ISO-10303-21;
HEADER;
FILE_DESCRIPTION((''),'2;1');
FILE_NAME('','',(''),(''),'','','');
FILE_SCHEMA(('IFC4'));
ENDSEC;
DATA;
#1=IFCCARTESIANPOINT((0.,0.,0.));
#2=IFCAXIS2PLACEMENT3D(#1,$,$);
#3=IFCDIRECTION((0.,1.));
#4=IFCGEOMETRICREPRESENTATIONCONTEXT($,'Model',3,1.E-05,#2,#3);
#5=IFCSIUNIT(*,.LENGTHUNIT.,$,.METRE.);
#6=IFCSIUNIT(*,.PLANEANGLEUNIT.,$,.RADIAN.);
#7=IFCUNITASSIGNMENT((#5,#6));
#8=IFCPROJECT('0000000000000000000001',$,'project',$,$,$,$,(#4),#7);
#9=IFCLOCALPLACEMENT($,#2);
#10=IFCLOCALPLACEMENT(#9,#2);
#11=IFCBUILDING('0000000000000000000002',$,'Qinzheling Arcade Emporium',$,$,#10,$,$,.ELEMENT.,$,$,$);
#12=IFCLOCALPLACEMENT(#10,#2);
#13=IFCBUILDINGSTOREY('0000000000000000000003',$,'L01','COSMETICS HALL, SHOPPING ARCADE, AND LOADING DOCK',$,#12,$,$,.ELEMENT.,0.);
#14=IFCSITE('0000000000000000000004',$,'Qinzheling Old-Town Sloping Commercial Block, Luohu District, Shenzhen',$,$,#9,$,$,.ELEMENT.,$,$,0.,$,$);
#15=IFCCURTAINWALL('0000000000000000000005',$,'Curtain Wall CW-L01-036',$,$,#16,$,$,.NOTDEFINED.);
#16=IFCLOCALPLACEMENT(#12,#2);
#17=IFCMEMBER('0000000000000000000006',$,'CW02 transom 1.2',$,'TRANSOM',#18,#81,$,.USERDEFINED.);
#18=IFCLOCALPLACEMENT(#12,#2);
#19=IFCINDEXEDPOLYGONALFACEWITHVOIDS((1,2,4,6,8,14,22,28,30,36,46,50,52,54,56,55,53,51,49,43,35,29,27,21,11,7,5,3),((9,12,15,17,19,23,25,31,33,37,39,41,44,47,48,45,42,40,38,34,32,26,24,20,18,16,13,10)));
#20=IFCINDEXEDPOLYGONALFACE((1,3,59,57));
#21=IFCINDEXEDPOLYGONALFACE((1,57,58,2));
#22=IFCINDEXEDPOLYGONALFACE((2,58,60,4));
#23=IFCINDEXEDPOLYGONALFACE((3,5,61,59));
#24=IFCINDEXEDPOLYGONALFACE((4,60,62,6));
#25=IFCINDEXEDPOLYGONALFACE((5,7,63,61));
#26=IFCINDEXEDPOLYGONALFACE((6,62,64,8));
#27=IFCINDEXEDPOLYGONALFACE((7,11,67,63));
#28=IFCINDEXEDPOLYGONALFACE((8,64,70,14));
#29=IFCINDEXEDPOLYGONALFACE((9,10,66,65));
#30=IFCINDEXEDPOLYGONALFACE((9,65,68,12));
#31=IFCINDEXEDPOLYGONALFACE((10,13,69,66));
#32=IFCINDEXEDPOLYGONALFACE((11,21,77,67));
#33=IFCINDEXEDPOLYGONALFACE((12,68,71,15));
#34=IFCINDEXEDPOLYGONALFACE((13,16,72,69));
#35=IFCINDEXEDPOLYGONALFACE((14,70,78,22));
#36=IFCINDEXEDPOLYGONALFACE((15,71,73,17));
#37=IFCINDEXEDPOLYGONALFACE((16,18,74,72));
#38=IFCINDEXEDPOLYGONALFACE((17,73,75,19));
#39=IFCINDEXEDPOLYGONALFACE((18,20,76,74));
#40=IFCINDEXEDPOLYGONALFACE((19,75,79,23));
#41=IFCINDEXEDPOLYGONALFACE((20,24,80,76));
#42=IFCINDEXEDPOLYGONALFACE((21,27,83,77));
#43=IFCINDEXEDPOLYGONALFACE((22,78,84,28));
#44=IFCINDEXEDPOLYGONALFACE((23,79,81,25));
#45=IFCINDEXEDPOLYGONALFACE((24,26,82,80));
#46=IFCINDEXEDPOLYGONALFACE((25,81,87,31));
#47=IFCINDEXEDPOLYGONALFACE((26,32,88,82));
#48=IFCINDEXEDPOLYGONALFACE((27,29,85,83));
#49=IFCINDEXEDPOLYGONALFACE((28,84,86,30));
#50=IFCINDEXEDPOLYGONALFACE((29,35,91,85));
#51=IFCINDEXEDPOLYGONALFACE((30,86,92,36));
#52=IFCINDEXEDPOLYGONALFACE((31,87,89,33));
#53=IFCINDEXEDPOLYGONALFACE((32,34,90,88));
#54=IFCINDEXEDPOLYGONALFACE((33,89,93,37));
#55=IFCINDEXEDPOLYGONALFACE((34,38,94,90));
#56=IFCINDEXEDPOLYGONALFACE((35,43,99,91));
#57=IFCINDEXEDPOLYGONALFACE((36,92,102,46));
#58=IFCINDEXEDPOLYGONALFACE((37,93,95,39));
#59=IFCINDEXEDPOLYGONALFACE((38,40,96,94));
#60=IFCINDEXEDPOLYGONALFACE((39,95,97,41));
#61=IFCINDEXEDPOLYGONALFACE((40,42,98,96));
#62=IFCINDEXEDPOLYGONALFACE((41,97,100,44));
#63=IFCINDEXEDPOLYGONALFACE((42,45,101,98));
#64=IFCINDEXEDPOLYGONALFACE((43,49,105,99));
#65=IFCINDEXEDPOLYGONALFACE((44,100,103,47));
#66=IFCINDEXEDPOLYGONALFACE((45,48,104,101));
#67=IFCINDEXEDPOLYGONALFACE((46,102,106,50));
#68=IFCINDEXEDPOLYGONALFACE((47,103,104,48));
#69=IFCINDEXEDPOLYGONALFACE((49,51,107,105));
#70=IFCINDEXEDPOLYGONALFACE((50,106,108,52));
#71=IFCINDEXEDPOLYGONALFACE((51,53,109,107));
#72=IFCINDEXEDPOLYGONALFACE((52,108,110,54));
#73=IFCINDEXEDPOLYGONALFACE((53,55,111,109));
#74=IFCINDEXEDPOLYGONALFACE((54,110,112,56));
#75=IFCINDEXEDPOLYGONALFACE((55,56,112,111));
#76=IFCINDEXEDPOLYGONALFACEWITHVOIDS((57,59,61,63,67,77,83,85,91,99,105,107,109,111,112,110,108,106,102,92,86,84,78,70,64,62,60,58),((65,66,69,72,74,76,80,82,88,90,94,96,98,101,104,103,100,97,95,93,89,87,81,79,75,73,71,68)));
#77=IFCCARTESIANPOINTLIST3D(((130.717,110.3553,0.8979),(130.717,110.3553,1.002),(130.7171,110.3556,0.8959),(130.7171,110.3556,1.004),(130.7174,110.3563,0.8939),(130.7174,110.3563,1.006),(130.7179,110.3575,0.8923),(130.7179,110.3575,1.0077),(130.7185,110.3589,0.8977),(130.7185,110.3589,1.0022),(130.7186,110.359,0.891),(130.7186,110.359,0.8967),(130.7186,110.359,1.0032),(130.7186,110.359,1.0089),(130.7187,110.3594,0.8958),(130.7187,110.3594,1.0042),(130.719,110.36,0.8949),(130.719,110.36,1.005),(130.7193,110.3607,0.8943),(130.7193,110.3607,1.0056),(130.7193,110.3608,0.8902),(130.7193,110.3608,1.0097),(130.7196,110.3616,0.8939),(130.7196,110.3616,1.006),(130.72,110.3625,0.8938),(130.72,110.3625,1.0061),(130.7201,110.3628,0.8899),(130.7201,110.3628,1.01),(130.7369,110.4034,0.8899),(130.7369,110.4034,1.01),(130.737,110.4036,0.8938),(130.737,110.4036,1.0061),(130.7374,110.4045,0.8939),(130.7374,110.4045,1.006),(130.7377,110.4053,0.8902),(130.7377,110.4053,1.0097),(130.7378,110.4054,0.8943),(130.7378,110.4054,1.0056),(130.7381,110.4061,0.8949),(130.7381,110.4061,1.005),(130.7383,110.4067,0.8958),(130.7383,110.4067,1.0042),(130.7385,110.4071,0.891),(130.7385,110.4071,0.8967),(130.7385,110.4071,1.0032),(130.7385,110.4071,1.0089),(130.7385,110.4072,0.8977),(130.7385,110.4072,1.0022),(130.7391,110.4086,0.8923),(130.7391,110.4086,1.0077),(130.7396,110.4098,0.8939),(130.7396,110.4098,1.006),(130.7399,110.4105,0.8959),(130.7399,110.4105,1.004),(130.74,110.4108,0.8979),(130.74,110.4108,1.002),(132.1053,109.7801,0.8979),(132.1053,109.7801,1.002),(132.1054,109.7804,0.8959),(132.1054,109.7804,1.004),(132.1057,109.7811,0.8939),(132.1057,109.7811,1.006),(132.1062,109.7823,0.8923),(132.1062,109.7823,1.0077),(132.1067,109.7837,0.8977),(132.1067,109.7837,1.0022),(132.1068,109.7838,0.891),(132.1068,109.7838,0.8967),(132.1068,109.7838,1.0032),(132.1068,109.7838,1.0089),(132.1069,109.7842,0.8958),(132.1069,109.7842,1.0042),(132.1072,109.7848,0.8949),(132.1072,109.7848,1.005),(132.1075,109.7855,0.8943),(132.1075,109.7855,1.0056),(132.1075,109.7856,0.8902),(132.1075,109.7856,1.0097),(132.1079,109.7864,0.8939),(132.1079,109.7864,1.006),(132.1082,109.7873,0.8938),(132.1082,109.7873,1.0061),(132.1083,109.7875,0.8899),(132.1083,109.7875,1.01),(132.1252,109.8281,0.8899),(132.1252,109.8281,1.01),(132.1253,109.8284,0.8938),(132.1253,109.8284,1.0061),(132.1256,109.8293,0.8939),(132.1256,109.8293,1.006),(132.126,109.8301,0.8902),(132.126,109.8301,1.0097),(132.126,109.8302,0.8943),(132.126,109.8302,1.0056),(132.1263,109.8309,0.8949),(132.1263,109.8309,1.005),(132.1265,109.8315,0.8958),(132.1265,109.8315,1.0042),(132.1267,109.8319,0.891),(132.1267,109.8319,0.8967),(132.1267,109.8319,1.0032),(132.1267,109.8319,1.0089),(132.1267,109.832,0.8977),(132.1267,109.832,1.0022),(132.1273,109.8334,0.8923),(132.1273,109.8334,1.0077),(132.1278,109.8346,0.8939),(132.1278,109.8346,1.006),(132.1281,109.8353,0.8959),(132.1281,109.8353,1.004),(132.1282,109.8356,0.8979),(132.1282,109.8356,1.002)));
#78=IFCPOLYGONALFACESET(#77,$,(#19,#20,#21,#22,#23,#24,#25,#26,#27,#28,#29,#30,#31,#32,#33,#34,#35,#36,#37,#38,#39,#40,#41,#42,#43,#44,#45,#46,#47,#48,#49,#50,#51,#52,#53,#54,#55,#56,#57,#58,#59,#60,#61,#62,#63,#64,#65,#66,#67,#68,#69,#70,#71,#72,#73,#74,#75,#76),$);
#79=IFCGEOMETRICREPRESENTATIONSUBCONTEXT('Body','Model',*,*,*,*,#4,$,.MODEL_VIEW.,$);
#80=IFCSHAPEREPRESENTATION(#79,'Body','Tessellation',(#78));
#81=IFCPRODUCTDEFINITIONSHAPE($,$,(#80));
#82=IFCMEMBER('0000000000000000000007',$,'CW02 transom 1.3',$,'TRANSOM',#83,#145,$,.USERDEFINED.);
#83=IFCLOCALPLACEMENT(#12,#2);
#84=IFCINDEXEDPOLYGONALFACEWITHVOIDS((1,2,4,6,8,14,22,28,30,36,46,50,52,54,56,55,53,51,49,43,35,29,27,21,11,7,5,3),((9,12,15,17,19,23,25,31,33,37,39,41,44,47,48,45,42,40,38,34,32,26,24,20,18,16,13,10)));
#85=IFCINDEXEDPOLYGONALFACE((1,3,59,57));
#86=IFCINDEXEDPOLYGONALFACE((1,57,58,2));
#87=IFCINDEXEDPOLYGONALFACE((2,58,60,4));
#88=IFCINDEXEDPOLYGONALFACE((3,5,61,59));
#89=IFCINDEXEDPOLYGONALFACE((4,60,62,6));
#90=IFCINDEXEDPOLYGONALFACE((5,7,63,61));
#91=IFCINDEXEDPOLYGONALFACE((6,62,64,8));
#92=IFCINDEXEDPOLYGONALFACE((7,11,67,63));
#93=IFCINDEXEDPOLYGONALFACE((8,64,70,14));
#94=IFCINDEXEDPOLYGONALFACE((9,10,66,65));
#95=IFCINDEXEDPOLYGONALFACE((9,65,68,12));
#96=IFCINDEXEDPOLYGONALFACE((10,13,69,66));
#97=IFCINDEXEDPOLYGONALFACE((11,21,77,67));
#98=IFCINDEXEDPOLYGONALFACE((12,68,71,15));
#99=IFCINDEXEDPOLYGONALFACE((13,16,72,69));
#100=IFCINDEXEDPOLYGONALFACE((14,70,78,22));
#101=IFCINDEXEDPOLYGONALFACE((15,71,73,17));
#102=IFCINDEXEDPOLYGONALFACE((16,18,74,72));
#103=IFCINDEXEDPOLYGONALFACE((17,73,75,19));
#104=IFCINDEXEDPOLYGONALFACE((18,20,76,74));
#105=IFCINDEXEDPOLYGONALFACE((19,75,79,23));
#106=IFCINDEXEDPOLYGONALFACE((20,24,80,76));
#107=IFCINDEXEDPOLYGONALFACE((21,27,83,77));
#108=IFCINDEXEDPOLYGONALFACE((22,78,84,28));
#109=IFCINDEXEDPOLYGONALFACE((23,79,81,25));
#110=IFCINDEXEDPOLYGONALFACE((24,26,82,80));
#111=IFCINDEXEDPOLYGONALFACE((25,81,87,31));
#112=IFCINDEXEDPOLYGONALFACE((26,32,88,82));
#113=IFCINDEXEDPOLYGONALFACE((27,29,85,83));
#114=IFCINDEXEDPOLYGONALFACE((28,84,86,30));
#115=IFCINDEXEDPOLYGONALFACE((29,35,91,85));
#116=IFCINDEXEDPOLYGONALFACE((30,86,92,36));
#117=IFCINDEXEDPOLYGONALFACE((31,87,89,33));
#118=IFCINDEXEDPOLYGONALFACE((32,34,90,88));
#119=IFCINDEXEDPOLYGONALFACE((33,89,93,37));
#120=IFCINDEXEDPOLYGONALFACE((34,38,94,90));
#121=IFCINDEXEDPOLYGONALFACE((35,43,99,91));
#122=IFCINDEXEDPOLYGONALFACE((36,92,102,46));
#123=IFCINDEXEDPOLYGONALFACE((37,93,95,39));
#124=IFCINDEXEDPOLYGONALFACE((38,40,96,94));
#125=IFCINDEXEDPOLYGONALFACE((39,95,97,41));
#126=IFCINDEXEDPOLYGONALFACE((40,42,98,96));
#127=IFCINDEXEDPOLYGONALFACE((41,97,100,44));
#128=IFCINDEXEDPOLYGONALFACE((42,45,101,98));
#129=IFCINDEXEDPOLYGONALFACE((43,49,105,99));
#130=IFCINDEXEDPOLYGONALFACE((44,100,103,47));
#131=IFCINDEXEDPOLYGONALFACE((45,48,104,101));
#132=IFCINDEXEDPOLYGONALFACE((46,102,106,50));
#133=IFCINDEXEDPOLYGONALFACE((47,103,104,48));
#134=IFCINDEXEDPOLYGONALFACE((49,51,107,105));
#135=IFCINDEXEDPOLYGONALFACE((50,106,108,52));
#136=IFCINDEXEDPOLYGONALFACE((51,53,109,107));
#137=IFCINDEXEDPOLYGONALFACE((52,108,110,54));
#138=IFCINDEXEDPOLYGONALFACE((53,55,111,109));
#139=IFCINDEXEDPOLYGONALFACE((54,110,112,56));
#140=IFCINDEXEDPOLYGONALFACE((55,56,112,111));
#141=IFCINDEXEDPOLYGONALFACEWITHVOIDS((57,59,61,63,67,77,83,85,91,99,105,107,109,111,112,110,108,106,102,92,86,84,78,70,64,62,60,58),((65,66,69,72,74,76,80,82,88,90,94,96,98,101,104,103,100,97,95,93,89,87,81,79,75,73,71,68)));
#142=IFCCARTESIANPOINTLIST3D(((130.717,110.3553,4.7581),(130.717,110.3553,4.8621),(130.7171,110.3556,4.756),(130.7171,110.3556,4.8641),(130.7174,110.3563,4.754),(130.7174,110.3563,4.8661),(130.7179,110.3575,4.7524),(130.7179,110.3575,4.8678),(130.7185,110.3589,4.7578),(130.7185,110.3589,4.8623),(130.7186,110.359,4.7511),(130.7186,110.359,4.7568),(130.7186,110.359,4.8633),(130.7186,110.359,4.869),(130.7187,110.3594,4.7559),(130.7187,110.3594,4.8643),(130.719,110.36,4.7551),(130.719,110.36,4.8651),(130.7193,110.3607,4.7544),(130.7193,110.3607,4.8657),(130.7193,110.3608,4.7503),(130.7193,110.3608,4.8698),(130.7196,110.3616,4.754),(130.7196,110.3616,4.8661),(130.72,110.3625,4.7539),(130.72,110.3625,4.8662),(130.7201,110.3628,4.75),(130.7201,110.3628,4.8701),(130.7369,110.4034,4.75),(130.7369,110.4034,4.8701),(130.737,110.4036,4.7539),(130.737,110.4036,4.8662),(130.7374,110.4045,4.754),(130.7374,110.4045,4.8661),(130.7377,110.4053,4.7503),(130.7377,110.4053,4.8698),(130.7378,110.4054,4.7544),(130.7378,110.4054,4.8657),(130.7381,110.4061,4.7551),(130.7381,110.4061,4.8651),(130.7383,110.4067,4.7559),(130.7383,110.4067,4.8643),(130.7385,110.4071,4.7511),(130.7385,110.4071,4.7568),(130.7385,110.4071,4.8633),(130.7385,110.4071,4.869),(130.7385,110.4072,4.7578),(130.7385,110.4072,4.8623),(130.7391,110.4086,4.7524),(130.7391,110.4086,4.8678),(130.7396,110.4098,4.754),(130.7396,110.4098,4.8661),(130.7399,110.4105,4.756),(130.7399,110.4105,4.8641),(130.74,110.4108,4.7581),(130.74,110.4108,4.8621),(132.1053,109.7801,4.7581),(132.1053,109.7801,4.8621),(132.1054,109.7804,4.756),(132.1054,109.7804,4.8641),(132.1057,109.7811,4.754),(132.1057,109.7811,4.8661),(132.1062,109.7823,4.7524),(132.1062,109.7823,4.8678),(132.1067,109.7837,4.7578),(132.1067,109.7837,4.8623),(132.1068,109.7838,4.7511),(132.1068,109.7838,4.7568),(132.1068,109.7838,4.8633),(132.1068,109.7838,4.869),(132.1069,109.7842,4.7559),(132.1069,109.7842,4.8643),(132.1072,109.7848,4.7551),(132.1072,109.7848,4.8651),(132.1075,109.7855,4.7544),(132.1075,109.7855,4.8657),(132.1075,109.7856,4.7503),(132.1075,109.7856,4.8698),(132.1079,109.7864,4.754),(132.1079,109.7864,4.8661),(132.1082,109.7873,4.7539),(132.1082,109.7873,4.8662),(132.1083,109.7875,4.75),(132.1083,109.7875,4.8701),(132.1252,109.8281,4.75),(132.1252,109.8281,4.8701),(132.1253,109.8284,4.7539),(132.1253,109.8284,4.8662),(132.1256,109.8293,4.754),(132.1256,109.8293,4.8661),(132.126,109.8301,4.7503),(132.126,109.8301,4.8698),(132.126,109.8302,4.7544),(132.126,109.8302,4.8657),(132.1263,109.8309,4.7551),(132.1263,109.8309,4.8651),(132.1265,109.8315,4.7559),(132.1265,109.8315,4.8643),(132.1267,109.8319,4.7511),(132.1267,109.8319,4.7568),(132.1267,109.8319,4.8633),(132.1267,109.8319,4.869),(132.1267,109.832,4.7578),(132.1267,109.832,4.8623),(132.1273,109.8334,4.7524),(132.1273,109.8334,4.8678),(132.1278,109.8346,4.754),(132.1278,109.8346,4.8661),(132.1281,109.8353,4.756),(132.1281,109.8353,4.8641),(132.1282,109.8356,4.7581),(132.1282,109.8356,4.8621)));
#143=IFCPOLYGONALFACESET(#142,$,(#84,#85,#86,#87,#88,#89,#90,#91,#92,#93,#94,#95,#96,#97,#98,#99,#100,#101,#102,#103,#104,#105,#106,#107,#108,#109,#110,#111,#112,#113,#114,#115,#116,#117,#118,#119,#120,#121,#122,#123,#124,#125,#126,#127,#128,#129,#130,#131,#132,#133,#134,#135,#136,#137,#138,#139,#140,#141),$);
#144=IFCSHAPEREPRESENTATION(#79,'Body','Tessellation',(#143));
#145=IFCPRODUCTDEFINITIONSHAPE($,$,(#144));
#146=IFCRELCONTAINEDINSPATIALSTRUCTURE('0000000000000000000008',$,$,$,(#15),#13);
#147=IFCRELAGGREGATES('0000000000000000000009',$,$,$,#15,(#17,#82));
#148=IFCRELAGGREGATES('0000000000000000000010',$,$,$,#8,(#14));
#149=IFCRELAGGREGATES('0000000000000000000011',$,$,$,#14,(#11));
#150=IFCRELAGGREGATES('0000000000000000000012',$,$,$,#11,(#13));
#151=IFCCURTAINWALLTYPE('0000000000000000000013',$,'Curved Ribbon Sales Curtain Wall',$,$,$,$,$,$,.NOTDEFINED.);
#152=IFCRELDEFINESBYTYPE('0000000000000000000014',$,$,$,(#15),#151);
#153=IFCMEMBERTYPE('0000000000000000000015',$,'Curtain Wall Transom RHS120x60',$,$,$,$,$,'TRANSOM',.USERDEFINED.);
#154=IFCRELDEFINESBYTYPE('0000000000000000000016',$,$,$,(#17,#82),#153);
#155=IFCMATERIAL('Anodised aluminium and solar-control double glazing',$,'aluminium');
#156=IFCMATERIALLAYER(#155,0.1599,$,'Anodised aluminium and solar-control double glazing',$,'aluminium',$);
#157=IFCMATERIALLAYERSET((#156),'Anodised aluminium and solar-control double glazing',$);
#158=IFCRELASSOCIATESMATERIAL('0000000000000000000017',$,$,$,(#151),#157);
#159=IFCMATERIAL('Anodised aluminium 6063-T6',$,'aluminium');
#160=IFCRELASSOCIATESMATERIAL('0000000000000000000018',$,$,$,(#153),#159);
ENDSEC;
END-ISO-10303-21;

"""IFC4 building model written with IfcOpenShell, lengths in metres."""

from ifc_helpers import new_model, si_unit, direction, frame, origin, origin_2d, place, context, subcontext, project, spatial, hollow_rectangle, extrude, material, layer, layer_set, material_profile, profile_set, type_object, element, aggregate, save


model = new_model("IFC4")

# Units and contexts
model_context = context("Model", 3, precision=1e-05, world=origin(), true_north=direction((0.0, 1.0)))
body_context = subcontext(model_context, "Body", "Model", "MODEL_VIEW")
ifc_project = project(units=[si_unit("LENGTHUNIT", "METRE"), si_unit("PLANEANGLEUNIT", "RADIAN")], contexts=[model_context])

# Site, building, storey
site_placement = place(None, origin())
site = spatial("IfcSite", under=ifc_project, at=site_placement, Name="Qinzheling Old-Town Sloping Commercial Block, Luohu District, Shenzhen", CompositionType="ELEMENT", RefElevation=0.0)
building_placement = place(site_placement, origin())
building = spatial("IfcBuilding", under=site, at=building_placement, Name="Qinzheling Arcade Emporium", CompositionType="ELEMENT")
storey_placement = place(building_placement, origin())
storey = spatial("IfcBuildingStorey", under=building, at=storey_placement, Name="L01", Description="COSMETICS HALL, SHOPPING ARCADE, AND LOADING DOCK", CompositionType="ELEMENT", Elevation=0.0)

# Curtain wall, members
ifc_material_1 = material(Name="Anodised aluminium and solar-control double glazing", Category="aluminium")
ifc_layer_1 = layer(ifc_material_1, 0.1599, Name="Anodised aluminium and solar-control double glazing", Category="aluminium")
ifc_layer_set_1 = layer_set([ifc_layer_1], Name="Anodised aluminium and solar-control double glazing")
curtain_wall_type = type_object("IfcCurtainWallType", Name="Curved Ribbon Sales Curtain Wall", PredefinedType="NOTDEFINED", material=ifc_layer_set_1)
curtain_wall_placement = place(storey_placement, origin())
curtain_wall = element("IfcCurtainWall", 1, at=curtain_wall_placement, inside=storey, type_object=curtain_wall_type, Name="Curtain Wall CW-L01-036", PredefinedType="NOTDEFINED")
ifc_material_2 = material(Name="Anodised aluminium 6063-T6", Category="aluminium")
ifc_material_profile_1 = material_profile(ifc_material_2, hollow_rectangle(XDim=0.0601, YDim=0.1201, WallThickness=0.0039, InnerFilletRadius=0.0039, OuterFilletRadius=0.0081, at=origin_2d()), Name="RHS 120x60x4", Category="aluminium")
ifc_profile_set_1 = profile_set([ifc_material_profile_1], Name="Anodised aluminium 6063-T6")
member_type_1 = type_object("IfcMemberType", Name="Curtain Wall Transom RHS120x60", ElementType="TRANSOM", PredefinedType="USERDEFINED", material=ifc_profile_set_1)
member_1_placement = place(storey_placement, frame((130.7285, 110.3831, 0.95), z_axis=(0.923835, -0.382792, 0.0), x_axis=(0.382792, 0.923835, 0.0)))
member_1 = element("IfcMember", 2, at=member_1_placement, type_object=member_type_1, Name="CW02 transom 1.2", ObjectType="TRANSOM", PredefinedType="USERDEFINED", context=body_context, shape_type="SweptSolid", body=[
    extrude(hollow_rectangle(XDim=0.0601, YDim=0.1201, WallThickness=0.0039, InnerFilletRadius=0.0039, OuterFilletRadius=0.0081, at=origin_2d()), origin(), (0.0, 0.0, 1.0), 1.5027),
])
member_2_placement = place(storey_placement, frame((130.7285, 110.3831, 4.8101), z_axis=(0.923835, -0.382792, 0.0), x_axis=(0.382792, 0.923835, 0.0)))
member_2 = element("IfcMember", 3, at=member_2_placement, type_object=member_type_1, Name="CW02 transom 1.3", ObjectType="TRANSOM", PredefinedType="USERDEFINED", context=body_context, shape_type="SweptSolid", body=[
    extrude(hollow_rectangle(XDim=0.0601, YDim=0.1201, WallThickness=0.0039, InnerFilletRadius=0.0039, OuterFilletRadius=0.0081, at=origin_2d()), origin(), (0.0, 0.0, 1.0), 1.5027),
])

aggregate(curtain_wall, [member_1, member_2])

save(model, "model.ifc")
